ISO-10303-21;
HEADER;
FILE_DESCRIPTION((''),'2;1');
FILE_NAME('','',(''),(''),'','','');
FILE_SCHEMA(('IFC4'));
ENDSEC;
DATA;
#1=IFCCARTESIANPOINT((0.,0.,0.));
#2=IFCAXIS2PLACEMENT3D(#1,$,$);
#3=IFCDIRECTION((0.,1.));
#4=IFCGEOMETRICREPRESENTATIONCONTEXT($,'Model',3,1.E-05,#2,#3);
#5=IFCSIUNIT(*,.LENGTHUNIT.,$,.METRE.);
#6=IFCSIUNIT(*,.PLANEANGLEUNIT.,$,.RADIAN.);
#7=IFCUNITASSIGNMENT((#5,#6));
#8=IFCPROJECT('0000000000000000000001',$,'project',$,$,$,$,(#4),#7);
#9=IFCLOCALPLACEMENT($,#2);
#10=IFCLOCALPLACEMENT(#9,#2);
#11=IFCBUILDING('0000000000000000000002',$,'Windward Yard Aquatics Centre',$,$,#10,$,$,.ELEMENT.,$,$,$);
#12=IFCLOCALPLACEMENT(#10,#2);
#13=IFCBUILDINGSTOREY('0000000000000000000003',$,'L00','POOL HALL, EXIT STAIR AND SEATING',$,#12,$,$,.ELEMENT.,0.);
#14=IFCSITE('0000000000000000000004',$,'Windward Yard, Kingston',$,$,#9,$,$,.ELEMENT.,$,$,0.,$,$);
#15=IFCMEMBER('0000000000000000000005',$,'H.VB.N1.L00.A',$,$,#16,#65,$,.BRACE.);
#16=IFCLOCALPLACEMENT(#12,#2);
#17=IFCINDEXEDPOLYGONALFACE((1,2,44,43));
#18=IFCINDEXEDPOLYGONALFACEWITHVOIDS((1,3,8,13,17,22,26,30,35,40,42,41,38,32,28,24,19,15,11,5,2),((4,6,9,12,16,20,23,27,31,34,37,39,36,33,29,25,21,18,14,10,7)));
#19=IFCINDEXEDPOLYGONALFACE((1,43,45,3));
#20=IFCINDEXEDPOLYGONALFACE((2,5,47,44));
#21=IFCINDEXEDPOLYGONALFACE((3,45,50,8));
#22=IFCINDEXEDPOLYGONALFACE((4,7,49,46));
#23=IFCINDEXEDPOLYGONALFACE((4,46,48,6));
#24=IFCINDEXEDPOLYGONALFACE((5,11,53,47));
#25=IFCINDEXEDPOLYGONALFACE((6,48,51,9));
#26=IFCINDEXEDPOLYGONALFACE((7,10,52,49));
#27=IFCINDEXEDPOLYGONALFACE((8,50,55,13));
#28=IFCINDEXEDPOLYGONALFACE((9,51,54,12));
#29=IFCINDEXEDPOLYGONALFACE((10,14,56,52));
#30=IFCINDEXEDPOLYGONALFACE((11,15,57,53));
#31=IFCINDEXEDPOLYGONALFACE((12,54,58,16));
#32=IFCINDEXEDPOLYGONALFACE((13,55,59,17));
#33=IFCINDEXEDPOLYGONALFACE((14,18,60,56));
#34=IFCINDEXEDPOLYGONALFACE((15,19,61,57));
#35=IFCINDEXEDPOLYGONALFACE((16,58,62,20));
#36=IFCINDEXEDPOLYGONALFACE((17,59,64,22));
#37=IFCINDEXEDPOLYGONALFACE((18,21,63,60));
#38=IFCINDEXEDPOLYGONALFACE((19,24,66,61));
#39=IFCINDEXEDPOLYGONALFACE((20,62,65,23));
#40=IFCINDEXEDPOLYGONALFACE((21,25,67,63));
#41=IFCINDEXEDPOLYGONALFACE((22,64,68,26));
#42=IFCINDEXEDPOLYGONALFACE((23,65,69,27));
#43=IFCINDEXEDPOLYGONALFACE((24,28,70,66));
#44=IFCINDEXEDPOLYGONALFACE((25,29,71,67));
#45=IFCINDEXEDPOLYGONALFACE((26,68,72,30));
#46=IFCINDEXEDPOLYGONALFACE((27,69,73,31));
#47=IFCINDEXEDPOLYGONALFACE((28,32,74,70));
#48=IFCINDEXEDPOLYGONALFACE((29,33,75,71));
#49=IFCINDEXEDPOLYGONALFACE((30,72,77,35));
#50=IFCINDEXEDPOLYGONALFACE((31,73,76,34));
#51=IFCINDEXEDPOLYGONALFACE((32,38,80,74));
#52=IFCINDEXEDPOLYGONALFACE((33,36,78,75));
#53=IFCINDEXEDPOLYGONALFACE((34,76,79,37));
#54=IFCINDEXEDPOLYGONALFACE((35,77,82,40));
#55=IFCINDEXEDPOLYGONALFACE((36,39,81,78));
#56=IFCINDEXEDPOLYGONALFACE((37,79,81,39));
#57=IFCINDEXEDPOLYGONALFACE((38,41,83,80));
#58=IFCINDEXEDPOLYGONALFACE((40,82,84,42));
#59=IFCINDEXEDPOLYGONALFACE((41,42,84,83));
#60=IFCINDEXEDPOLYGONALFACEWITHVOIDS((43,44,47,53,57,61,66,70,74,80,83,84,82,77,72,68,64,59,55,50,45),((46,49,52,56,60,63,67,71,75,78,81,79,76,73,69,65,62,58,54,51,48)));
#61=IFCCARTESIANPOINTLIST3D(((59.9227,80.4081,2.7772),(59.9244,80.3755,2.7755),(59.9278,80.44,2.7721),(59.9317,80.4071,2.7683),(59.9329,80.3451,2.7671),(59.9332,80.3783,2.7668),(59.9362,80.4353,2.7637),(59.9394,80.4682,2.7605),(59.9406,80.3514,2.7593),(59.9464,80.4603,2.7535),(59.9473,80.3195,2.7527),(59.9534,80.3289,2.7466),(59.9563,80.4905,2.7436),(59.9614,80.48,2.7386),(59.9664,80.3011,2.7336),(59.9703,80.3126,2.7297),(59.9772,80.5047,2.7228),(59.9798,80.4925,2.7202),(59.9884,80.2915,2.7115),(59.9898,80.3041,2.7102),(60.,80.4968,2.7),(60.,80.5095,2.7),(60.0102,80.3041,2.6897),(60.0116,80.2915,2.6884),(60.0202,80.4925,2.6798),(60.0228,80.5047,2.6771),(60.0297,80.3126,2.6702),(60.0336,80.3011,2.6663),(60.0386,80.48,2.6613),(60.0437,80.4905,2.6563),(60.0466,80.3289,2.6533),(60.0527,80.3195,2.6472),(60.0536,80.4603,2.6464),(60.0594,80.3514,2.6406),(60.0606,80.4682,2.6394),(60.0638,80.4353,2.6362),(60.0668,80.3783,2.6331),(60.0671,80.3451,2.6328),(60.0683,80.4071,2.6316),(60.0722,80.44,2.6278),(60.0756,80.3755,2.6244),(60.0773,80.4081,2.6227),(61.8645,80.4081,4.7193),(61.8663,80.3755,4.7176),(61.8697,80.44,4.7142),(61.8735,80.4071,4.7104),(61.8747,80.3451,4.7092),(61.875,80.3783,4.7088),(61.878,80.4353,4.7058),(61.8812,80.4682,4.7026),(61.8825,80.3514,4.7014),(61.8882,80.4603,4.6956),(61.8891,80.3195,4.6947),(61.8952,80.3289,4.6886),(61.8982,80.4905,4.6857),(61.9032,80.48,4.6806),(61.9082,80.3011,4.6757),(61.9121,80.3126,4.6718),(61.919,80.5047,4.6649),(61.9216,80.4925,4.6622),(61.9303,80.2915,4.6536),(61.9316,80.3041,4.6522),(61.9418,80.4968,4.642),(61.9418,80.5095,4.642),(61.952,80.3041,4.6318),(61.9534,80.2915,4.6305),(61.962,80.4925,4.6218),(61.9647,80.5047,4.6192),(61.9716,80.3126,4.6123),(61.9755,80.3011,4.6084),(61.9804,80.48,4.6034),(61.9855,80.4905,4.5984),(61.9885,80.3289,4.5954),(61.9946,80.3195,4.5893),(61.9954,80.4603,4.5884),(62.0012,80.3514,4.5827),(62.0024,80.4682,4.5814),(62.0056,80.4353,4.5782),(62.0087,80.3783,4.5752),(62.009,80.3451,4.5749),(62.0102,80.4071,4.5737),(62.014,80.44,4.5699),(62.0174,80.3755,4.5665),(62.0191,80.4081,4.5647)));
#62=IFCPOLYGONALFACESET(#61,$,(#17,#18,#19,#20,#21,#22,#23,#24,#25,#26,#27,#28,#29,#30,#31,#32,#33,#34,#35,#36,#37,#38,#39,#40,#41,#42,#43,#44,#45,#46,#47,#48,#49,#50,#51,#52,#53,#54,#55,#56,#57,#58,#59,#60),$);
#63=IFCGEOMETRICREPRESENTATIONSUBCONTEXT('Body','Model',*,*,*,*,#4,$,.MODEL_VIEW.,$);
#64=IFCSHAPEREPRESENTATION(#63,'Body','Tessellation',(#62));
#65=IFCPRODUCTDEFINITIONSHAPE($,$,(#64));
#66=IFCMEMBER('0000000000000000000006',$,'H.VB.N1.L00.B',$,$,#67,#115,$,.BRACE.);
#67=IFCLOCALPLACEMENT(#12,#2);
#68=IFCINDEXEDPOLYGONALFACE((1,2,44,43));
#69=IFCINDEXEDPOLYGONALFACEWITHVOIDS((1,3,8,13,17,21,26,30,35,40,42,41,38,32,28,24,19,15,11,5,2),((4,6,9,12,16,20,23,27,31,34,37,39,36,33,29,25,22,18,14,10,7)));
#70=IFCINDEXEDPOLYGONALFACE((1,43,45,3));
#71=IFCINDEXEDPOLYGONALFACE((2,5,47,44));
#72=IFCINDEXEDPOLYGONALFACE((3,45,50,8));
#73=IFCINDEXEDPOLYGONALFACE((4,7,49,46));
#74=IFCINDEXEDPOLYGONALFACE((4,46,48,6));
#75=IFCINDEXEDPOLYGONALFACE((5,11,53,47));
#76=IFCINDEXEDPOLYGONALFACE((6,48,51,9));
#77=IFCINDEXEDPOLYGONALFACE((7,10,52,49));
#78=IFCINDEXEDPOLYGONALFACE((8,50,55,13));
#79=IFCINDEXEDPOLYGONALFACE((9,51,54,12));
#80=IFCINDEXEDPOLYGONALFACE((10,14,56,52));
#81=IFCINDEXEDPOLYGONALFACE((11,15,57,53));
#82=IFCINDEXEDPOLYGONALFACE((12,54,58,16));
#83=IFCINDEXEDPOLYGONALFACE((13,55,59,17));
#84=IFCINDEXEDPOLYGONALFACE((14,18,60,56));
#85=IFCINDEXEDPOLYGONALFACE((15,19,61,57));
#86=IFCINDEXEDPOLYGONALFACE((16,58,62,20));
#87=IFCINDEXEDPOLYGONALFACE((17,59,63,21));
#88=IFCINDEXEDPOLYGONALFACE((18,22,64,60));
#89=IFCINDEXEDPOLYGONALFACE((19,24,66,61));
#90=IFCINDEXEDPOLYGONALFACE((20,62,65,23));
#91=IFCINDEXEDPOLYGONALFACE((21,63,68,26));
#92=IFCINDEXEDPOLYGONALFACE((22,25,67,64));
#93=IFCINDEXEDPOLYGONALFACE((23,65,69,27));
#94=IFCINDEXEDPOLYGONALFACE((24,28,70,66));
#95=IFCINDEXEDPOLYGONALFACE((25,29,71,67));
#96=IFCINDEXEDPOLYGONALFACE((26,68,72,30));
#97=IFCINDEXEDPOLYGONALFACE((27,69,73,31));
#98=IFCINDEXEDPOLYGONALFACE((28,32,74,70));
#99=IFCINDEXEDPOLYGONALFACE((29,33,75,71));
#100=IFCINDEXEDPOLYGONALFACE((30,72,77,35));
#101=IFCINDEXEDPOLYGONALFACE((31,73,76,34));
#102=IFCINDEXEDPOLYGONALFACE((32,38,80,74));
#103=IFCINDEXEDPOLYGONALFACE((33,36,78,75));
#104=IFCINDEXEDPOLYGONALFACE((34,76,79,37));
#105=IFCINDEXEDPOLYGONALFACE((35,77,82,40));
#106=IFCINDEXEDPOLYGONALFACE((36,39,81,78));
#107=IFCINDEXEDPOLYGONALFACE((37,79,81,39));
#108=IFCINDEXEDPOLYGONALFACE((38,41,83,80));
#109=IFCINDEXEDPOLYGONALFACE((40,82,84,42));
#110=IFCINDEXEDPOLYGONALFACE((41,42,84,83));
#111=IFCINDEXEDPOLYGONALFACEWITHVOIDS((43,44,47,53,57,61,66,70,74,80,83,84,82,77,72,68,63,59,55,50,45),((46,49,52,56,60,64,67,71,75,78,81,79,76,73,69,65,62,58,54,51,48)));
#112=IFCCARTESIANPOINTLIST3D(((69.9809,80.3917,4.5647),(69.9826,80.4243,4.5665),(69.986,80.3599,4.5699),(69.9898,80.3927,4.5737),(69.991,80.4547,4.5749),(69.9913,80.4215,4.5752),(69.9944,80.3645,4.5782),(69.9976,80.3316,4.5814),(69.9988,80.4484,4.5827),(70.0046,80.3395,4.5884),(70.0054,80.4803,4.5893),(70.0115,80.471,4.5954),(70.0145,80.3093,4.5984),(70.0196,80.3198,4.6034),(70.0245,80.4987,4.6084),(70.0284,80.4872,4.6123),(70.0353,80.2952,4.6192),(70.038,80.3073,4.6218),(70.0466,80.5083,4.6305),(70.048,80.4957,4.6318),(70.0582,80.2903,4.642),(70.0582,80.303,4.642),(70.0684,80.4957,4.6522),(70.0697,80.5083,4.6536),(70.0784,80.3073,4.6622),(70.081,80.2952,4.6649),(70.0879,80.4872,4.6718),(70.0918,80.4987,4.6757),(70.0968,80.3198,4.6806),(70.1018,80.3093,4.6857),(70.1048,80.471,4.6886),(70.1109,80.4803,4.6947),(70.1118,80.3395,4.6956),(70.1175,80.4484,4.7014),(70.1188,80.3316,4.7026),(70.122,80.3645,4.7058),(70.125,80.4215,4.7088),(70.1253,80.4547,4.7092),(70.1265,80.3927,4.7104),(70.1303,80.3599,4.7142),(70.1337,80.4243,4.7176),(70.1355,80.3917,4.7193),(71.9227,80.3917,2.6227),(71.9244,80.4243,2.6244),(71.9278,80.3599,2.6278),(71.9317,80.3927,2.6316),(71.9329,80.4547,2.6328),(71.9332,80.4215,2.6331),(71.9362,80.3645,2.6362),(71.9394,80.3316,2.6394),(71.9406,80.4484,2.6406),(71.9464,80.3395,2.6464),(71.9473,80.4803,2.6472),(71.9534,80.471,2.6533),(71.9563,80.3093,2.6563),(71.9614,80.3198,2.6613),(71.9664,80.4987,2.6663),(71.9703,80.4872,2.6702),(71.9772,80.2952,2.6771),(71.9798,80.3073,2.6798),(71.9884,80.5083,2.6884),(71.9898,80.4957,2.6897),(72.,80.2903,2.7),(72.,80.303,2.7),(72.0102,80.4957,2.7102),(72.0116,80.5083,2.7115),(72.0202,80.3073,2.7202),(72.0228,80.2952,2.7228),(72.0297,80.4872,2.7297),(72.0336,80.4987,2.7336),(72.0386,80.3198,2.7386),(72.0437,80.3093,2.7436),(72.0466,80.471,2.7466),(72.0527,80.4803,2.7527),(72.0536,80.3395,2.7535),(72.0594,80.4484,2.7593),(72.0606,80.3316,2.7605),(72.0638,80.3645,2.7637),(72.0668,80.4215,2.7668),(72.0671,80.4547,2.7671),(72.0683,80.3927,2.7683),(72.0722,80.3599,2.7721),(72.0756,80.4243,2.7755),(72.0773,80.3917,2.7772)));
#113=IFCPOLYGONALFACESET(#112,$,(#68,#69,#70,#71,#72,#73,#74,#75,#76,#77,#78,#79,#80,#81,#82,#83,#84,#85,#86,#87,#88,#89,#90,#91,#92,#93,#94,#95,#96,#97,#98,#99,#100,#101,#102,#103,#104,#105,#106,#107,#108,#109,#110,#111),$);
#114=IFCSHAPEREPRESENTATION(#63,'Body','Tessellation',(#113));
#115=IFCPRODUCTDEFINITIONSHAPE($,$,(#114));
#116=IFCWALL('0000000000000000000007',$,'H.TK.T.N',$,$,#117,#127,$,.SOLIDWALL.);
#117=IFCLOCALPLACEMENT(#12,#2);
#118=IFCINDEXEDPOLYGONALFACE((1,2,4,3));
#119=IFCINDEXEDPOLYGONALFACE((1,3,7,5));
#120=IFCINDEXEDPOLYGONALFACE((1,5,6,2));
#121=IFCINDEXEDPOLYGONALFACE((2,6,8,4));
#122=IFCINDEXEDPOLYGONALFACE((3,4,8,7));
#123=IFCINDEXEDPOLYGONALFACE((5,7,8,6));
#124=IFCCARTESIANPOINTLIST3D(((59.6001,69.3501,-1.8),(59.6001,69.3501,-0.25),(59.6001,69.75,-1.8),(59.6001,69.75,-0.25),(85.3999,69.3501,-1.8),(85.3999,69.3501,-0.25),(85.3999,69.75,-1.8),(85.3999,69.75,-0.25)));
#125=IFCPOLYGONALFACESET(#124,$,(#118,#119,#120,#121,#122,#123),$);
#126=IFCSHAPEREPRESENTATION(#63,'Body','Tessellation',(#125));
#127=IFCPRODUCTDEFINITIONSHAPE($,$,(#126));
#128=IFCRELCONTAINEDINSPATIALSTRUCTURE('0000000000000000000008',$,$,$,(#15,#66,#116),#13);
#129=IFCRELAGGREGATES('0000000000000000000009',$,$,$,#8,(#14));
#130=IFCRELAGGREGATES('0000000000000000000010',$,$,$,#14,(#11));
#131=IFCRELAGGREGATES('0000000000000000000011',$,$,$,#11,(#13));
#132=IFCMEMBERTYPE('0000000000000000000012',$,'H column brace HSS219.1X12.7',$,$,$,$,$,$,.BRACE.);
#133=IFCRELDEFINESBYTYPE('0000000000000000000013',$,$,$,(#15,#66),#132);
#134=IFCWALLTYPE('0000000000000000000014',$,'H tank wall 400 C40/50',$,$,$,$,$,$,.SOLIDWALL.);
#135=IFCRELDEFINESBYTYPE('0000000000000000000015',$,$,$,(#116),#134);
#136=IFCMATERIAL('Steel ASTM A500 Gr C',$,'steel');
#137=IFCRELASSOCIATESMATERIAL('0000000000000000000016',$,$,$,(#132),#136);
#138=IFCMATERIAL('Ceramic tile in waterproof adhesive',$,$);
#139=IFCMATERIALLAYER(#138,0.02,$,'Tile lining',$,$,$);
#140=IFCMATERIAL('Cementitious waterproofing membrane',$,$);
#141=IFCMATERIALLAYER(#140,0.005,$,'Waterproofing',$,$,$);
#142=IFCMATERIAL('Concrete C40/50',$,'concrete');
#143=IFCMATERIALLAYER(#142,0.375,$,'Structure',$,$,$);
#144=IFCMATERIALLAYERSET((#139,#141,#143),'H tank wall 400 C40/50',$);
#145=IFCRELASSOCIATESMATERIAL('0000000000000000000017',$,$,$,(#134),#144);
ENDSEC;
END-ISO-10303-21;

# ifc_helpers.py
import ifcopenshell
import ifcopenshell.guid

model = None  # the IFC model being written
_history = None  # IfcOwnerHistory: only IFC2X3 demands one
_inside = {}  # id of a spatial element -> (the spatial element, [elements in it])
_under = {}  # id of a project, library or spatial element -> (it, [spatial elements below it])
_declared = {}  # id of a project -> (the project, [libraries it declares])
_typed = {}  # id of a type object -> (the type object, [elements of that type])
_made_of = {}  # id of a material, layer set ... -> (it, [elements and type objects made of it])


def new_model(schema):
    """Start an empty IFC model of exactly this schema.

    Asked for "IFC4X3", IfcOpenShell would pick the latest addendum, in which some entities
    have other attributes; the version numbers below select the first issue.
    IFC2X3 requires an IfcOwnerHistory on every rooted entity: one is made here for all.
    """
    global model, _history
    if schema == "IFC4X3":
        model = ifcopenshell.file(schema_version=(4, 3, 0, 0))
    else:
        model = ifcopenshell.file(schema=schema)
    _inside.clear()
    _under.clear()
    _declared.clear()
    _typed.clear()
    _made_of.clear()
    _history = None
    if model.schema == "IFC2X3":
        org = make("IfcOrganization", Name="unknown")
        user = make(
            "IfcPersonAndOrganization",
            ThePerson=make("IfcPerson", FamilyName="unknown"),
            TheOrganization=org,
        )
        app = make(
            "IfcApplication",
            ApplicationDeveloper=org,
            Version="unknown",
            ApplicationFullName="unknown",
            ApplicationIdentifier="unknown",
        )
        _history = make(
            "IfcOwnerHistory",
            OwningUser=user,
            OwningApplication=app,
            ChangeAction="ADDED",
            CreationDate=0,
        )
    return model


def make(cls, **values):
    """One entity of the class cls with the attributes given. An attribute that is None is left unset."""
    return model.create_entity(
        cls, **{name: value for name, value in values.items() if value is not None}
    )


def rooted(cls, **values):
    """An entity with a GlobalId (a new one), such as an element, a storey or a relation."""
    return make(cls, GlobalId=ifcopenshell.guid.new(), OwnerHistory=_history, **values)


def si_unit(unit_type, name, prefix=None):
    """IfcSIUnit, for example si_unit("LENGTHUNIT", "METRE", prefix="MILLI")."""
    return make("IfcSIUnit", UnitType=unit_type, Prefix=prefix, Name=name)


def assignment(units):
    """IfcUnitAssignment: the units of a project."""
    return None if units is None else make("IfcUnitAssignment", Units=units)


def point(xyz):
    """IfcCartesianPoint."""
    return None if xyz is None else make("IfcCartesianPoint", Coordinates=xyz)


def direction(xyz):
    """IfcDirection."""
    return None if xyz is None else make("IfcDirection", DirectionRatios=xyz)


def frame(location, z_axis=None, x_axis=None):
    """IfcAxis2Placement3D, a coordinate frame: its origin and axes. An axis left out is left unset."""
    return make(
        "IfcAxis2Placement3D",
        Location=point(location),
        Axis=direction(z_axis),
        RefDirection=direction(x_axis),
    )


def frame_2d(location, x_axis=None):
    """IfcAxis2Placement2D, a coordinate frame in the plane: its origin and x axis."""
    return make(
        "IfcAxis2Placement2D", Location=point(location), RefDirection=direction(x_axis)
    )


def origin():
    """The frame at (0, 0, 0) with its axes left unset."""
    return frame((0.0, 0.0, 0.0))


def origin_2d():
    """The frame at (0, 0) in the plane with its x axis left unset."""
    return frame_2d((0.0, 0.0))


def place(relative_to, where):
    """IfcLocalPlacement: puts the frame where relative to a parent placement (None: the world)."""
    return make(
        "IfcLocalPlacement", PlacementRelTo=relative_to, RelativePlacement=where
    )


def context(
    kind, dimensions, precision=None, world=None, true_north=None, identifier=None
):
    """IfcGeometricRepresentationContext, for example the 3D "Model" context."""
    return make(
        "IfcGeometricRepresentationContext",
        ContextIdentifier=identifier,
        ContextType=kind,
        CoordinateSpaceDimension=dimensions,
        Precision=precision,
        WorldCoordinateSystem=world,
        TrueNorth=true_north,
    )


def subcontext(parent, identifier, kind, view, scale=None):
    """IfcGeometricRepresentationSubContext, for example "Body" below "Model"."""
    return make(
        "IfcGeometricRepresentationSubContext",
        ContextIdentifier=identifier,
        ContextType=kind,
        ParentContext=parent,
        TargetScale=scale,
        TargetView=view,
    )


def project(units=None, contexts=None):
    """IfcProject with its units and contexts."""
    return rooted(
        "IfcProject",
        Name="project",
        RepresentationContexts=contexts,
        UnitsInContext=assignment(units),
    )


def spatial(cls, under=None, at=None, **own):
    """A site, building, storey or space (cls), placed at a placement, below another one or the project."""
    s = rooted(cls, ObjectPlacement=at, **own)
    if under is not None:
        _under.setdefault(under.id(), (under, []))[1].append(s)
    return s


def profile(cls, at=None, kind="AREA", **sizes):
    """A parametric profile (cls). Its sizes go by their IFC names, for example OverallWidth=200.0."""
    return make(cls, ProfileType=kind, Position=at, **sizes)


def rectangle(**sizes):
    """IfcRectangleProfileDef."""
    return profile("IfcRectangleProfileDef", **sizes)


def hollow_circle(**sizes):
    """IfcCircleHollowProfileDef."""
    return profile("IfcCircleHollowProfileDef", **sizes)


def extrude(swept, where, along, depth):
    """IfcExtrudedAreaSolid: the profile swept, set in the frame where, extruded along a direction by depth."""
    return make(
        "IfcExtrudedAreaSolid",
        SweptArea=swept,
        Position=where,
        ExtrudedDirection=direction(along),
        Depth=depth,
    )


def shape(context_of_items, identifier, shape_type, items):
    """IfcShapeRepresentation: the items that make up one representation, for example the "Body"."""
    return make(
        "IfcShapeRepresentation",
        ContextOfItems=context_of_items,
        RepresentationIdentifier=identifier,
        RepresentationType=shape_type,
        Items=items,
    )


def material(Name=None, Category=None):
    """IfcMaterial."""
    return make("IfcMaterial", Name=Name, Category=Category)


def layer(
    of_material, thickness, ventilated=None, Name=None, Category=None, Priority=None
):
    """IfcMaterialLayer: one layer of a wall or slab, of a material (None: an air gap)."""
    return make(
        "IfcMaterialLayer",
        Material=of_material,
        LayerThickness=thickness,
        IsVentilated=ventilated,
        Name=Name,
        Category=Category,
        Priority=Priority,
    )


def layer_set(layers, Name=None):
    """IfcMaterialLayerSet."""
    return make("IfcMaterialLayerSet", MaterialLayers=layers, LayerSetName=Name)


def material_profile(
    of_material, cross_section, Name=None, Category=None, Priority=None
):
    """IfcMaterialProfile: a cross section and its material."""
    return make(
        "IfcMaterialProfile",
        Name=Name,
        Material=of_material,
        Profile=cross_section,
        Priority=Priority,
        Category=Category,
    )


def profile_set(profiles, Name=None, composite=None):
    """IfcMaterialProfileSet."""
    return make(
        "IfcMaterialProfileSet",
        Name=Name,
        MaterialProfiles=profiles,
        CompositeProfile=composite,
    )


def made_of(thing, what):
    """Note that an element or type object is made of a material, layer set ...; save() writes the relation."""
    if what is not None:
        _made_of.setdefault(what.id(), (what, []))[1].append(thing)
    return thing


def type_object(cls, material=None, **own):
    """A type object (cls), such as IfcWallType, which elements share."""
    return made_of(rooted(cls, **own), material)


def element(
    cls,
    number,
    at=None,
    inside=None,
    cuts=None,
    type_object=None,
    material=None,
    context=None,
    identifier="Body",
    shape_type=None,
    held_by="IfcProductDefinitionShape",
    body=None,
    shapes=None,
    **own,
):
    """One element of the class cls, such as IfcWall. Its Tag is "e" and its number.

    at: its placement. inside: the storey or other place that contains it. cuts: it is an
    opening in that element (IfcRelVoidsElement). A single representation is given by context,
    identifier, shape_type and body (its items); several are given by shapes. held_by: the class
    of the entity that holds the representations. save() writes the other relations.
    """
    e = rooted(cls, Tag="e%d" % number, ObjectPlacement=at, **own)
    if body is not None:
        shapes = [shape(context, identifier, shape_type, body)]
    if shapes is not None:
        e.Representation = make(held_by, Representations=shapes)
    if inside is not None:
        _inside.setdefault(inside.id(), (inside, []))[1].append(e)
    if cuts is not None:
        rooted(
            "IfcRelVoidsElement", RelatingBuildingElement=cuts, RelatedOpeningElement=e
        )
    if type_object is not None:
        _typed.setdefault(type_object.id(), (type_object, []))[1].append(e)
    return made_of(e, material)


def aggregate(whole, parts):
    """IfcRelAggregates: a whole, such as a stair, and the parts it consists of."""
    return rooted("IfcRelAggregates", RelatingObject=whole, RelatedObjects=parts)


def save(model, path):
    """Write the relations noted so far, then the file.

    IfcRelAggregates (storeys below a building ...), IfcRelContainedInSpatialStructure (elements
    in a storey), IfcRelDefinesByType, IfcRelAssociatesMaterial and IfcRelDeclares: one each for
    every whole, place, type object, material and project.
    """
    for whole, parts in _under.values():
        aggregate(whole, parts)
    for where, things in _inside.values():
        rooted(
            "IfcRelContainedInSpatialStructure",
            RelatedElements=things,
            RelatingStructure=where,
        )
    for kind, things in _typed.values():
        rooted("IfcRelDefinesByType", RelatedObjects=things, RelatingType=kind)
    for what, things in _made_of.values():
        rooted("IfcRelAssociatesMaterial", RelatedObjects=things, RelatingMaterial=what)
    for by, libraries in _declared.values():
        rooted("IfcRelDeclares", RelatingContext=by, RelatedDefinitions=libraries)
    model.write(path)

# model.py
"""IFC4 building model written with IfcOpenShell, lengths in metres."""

from ifc_helpers import new_model, si_unit, direction, frame, frame_2d, origin, origin_2d, place, context, subcontext, project, spatial, rectangle, hollow_circle, extrude, material, layer, layer_set, material_profile, profile_set, type_object, element, save


model = new_model("IFC4")

# Units and contexts
model_context = context("Model", 3, precision=1e-05, world=origin(), true_north=direction((0.0, 1.0)))
body_context = subcontext(model_context, "Body", "Model", "MODEL_VIEW")
ifc_project = project(units=[si_unit("LENGTHUNIT", "METRE"), si_unit("PLANEANGLEUNIT", "RADIAN")], contexts=[model_context])

# Site, building, storey
site_placement = place(None, origin())
site = spatial("IfcSite", under=ifc_project, at=site_placement, Name="Windward Yard, Kingston", CompositionType="ELEMENT", RefElevation=0.0)
building_placement = place(site_placement, origin())
building = spatial("IfcBuilding", under=site, at=building_placement, Name="Windward Yard Aquatics Centre", CompositionType="ELEMENT")
storey_placement = place(building_placement, origin())
storey = spatial("IfcBuildingStorey", under=building, at=storey_placement, Name="L00", Description="POOL HALL, EXIT STAIR AND SEATING", CompositionType="ELEMENT", Elevation=0.0)

# Shared definitions
ifc_material_1 = material(Name="Steel ASTM A500 Gr C", Category="steel")

# Members
ifc_material_profile_1 = material_profile(ifc_material_1, hollow_circle(Radius=0.1096, WallThickness=0.0127, at=origin_2d()), Name="HSS219.1X12.7")
ifc_profile_set_1 = profile_set([ifc_material_profile_1], Name="Steel ASTM A500 Gr C")
member_type = type_object("IfcMemberType", Name="H column brace HSS219.1X12.7", PredefinedType="BRACE", material=ifc_profile_set_1)
for number, where, z_axis, x_axis, name in (
    (1, (60.0, 80.3999, 2.7), (0.707062, 0.0, 0.707151), (0.0, 1.0, 0.0), "H.VB.N1.L00.A"),
    (2, (72.0, 80.3999, 2.7), (-0.707062, 0.0, 0.707151), (0.0, -1.0, 0.0), "H.VB.N1.L00.B"),
):
    element("IfcMember", number, at=place(storey_placement, frame(where, z_axis=z_axis, x_axis=x_axis)), inside=storey, type_object=member_type, Name=name, PredefinedType="BRACE", context=body_context, shape_type="SweptSolid", body=[
        extrude(hollow_circle(Radius=0.1096, WallThickness=0.0127, at=origin_2d()), origin(), (0.0, 0.0, 1.0), 2.7463),
    ])

# Wall
ifc_material_2 = material(Name="Ceramic tile in waterproof adhesive")
ifc_layer_1 = layer(ifc_material_2, 0.02, Name="Tile lining")
ifc_material_3 = material(Name="Cementitious waterproofing membrane")
ifc_layer_2 = layer(ifc_material_3, 0.005, Name="Waterproofing")
ifc_material_4 = material(Name="Concrete C40/50", Category="concrete")
ifc_layer_3 = layer(ifc_material_4, 0.375, Name="Structure")
ifc_layer_set_1 = layer_set([ifc_layer_1, ifc_layer_2, ifc_layer_3], Name="H tank wall 400 C40/50")
wall_type = type_object("IfcWallType", Name="H tank wall 400 C40/50", PredefinedType="SOLIDWALL", material=ifc_layer_set_1)
wall_placement = place(storey_placement, frame((59.6001, 69.55, -1.8), z_axis=(0.0, 0.0, 1.0), x_axis=(1.0, 0.0, 0.0)))
element("IfcWall", 3, at=wall_placement, inside=storey, type_object=wall_type, Name="H.TK.T.N", PredefinedType="SOLIDWALL", context=body_context, shape_type="SweptSolid", body=[
    extrude(rectangle(XDim=25.7998, YDim=0.3999, at=frame_2d((12.8999, 0.0))), origin(), (0.0, 0.0, 1.0), 1.55),
])

save(model, "model.ifc")
